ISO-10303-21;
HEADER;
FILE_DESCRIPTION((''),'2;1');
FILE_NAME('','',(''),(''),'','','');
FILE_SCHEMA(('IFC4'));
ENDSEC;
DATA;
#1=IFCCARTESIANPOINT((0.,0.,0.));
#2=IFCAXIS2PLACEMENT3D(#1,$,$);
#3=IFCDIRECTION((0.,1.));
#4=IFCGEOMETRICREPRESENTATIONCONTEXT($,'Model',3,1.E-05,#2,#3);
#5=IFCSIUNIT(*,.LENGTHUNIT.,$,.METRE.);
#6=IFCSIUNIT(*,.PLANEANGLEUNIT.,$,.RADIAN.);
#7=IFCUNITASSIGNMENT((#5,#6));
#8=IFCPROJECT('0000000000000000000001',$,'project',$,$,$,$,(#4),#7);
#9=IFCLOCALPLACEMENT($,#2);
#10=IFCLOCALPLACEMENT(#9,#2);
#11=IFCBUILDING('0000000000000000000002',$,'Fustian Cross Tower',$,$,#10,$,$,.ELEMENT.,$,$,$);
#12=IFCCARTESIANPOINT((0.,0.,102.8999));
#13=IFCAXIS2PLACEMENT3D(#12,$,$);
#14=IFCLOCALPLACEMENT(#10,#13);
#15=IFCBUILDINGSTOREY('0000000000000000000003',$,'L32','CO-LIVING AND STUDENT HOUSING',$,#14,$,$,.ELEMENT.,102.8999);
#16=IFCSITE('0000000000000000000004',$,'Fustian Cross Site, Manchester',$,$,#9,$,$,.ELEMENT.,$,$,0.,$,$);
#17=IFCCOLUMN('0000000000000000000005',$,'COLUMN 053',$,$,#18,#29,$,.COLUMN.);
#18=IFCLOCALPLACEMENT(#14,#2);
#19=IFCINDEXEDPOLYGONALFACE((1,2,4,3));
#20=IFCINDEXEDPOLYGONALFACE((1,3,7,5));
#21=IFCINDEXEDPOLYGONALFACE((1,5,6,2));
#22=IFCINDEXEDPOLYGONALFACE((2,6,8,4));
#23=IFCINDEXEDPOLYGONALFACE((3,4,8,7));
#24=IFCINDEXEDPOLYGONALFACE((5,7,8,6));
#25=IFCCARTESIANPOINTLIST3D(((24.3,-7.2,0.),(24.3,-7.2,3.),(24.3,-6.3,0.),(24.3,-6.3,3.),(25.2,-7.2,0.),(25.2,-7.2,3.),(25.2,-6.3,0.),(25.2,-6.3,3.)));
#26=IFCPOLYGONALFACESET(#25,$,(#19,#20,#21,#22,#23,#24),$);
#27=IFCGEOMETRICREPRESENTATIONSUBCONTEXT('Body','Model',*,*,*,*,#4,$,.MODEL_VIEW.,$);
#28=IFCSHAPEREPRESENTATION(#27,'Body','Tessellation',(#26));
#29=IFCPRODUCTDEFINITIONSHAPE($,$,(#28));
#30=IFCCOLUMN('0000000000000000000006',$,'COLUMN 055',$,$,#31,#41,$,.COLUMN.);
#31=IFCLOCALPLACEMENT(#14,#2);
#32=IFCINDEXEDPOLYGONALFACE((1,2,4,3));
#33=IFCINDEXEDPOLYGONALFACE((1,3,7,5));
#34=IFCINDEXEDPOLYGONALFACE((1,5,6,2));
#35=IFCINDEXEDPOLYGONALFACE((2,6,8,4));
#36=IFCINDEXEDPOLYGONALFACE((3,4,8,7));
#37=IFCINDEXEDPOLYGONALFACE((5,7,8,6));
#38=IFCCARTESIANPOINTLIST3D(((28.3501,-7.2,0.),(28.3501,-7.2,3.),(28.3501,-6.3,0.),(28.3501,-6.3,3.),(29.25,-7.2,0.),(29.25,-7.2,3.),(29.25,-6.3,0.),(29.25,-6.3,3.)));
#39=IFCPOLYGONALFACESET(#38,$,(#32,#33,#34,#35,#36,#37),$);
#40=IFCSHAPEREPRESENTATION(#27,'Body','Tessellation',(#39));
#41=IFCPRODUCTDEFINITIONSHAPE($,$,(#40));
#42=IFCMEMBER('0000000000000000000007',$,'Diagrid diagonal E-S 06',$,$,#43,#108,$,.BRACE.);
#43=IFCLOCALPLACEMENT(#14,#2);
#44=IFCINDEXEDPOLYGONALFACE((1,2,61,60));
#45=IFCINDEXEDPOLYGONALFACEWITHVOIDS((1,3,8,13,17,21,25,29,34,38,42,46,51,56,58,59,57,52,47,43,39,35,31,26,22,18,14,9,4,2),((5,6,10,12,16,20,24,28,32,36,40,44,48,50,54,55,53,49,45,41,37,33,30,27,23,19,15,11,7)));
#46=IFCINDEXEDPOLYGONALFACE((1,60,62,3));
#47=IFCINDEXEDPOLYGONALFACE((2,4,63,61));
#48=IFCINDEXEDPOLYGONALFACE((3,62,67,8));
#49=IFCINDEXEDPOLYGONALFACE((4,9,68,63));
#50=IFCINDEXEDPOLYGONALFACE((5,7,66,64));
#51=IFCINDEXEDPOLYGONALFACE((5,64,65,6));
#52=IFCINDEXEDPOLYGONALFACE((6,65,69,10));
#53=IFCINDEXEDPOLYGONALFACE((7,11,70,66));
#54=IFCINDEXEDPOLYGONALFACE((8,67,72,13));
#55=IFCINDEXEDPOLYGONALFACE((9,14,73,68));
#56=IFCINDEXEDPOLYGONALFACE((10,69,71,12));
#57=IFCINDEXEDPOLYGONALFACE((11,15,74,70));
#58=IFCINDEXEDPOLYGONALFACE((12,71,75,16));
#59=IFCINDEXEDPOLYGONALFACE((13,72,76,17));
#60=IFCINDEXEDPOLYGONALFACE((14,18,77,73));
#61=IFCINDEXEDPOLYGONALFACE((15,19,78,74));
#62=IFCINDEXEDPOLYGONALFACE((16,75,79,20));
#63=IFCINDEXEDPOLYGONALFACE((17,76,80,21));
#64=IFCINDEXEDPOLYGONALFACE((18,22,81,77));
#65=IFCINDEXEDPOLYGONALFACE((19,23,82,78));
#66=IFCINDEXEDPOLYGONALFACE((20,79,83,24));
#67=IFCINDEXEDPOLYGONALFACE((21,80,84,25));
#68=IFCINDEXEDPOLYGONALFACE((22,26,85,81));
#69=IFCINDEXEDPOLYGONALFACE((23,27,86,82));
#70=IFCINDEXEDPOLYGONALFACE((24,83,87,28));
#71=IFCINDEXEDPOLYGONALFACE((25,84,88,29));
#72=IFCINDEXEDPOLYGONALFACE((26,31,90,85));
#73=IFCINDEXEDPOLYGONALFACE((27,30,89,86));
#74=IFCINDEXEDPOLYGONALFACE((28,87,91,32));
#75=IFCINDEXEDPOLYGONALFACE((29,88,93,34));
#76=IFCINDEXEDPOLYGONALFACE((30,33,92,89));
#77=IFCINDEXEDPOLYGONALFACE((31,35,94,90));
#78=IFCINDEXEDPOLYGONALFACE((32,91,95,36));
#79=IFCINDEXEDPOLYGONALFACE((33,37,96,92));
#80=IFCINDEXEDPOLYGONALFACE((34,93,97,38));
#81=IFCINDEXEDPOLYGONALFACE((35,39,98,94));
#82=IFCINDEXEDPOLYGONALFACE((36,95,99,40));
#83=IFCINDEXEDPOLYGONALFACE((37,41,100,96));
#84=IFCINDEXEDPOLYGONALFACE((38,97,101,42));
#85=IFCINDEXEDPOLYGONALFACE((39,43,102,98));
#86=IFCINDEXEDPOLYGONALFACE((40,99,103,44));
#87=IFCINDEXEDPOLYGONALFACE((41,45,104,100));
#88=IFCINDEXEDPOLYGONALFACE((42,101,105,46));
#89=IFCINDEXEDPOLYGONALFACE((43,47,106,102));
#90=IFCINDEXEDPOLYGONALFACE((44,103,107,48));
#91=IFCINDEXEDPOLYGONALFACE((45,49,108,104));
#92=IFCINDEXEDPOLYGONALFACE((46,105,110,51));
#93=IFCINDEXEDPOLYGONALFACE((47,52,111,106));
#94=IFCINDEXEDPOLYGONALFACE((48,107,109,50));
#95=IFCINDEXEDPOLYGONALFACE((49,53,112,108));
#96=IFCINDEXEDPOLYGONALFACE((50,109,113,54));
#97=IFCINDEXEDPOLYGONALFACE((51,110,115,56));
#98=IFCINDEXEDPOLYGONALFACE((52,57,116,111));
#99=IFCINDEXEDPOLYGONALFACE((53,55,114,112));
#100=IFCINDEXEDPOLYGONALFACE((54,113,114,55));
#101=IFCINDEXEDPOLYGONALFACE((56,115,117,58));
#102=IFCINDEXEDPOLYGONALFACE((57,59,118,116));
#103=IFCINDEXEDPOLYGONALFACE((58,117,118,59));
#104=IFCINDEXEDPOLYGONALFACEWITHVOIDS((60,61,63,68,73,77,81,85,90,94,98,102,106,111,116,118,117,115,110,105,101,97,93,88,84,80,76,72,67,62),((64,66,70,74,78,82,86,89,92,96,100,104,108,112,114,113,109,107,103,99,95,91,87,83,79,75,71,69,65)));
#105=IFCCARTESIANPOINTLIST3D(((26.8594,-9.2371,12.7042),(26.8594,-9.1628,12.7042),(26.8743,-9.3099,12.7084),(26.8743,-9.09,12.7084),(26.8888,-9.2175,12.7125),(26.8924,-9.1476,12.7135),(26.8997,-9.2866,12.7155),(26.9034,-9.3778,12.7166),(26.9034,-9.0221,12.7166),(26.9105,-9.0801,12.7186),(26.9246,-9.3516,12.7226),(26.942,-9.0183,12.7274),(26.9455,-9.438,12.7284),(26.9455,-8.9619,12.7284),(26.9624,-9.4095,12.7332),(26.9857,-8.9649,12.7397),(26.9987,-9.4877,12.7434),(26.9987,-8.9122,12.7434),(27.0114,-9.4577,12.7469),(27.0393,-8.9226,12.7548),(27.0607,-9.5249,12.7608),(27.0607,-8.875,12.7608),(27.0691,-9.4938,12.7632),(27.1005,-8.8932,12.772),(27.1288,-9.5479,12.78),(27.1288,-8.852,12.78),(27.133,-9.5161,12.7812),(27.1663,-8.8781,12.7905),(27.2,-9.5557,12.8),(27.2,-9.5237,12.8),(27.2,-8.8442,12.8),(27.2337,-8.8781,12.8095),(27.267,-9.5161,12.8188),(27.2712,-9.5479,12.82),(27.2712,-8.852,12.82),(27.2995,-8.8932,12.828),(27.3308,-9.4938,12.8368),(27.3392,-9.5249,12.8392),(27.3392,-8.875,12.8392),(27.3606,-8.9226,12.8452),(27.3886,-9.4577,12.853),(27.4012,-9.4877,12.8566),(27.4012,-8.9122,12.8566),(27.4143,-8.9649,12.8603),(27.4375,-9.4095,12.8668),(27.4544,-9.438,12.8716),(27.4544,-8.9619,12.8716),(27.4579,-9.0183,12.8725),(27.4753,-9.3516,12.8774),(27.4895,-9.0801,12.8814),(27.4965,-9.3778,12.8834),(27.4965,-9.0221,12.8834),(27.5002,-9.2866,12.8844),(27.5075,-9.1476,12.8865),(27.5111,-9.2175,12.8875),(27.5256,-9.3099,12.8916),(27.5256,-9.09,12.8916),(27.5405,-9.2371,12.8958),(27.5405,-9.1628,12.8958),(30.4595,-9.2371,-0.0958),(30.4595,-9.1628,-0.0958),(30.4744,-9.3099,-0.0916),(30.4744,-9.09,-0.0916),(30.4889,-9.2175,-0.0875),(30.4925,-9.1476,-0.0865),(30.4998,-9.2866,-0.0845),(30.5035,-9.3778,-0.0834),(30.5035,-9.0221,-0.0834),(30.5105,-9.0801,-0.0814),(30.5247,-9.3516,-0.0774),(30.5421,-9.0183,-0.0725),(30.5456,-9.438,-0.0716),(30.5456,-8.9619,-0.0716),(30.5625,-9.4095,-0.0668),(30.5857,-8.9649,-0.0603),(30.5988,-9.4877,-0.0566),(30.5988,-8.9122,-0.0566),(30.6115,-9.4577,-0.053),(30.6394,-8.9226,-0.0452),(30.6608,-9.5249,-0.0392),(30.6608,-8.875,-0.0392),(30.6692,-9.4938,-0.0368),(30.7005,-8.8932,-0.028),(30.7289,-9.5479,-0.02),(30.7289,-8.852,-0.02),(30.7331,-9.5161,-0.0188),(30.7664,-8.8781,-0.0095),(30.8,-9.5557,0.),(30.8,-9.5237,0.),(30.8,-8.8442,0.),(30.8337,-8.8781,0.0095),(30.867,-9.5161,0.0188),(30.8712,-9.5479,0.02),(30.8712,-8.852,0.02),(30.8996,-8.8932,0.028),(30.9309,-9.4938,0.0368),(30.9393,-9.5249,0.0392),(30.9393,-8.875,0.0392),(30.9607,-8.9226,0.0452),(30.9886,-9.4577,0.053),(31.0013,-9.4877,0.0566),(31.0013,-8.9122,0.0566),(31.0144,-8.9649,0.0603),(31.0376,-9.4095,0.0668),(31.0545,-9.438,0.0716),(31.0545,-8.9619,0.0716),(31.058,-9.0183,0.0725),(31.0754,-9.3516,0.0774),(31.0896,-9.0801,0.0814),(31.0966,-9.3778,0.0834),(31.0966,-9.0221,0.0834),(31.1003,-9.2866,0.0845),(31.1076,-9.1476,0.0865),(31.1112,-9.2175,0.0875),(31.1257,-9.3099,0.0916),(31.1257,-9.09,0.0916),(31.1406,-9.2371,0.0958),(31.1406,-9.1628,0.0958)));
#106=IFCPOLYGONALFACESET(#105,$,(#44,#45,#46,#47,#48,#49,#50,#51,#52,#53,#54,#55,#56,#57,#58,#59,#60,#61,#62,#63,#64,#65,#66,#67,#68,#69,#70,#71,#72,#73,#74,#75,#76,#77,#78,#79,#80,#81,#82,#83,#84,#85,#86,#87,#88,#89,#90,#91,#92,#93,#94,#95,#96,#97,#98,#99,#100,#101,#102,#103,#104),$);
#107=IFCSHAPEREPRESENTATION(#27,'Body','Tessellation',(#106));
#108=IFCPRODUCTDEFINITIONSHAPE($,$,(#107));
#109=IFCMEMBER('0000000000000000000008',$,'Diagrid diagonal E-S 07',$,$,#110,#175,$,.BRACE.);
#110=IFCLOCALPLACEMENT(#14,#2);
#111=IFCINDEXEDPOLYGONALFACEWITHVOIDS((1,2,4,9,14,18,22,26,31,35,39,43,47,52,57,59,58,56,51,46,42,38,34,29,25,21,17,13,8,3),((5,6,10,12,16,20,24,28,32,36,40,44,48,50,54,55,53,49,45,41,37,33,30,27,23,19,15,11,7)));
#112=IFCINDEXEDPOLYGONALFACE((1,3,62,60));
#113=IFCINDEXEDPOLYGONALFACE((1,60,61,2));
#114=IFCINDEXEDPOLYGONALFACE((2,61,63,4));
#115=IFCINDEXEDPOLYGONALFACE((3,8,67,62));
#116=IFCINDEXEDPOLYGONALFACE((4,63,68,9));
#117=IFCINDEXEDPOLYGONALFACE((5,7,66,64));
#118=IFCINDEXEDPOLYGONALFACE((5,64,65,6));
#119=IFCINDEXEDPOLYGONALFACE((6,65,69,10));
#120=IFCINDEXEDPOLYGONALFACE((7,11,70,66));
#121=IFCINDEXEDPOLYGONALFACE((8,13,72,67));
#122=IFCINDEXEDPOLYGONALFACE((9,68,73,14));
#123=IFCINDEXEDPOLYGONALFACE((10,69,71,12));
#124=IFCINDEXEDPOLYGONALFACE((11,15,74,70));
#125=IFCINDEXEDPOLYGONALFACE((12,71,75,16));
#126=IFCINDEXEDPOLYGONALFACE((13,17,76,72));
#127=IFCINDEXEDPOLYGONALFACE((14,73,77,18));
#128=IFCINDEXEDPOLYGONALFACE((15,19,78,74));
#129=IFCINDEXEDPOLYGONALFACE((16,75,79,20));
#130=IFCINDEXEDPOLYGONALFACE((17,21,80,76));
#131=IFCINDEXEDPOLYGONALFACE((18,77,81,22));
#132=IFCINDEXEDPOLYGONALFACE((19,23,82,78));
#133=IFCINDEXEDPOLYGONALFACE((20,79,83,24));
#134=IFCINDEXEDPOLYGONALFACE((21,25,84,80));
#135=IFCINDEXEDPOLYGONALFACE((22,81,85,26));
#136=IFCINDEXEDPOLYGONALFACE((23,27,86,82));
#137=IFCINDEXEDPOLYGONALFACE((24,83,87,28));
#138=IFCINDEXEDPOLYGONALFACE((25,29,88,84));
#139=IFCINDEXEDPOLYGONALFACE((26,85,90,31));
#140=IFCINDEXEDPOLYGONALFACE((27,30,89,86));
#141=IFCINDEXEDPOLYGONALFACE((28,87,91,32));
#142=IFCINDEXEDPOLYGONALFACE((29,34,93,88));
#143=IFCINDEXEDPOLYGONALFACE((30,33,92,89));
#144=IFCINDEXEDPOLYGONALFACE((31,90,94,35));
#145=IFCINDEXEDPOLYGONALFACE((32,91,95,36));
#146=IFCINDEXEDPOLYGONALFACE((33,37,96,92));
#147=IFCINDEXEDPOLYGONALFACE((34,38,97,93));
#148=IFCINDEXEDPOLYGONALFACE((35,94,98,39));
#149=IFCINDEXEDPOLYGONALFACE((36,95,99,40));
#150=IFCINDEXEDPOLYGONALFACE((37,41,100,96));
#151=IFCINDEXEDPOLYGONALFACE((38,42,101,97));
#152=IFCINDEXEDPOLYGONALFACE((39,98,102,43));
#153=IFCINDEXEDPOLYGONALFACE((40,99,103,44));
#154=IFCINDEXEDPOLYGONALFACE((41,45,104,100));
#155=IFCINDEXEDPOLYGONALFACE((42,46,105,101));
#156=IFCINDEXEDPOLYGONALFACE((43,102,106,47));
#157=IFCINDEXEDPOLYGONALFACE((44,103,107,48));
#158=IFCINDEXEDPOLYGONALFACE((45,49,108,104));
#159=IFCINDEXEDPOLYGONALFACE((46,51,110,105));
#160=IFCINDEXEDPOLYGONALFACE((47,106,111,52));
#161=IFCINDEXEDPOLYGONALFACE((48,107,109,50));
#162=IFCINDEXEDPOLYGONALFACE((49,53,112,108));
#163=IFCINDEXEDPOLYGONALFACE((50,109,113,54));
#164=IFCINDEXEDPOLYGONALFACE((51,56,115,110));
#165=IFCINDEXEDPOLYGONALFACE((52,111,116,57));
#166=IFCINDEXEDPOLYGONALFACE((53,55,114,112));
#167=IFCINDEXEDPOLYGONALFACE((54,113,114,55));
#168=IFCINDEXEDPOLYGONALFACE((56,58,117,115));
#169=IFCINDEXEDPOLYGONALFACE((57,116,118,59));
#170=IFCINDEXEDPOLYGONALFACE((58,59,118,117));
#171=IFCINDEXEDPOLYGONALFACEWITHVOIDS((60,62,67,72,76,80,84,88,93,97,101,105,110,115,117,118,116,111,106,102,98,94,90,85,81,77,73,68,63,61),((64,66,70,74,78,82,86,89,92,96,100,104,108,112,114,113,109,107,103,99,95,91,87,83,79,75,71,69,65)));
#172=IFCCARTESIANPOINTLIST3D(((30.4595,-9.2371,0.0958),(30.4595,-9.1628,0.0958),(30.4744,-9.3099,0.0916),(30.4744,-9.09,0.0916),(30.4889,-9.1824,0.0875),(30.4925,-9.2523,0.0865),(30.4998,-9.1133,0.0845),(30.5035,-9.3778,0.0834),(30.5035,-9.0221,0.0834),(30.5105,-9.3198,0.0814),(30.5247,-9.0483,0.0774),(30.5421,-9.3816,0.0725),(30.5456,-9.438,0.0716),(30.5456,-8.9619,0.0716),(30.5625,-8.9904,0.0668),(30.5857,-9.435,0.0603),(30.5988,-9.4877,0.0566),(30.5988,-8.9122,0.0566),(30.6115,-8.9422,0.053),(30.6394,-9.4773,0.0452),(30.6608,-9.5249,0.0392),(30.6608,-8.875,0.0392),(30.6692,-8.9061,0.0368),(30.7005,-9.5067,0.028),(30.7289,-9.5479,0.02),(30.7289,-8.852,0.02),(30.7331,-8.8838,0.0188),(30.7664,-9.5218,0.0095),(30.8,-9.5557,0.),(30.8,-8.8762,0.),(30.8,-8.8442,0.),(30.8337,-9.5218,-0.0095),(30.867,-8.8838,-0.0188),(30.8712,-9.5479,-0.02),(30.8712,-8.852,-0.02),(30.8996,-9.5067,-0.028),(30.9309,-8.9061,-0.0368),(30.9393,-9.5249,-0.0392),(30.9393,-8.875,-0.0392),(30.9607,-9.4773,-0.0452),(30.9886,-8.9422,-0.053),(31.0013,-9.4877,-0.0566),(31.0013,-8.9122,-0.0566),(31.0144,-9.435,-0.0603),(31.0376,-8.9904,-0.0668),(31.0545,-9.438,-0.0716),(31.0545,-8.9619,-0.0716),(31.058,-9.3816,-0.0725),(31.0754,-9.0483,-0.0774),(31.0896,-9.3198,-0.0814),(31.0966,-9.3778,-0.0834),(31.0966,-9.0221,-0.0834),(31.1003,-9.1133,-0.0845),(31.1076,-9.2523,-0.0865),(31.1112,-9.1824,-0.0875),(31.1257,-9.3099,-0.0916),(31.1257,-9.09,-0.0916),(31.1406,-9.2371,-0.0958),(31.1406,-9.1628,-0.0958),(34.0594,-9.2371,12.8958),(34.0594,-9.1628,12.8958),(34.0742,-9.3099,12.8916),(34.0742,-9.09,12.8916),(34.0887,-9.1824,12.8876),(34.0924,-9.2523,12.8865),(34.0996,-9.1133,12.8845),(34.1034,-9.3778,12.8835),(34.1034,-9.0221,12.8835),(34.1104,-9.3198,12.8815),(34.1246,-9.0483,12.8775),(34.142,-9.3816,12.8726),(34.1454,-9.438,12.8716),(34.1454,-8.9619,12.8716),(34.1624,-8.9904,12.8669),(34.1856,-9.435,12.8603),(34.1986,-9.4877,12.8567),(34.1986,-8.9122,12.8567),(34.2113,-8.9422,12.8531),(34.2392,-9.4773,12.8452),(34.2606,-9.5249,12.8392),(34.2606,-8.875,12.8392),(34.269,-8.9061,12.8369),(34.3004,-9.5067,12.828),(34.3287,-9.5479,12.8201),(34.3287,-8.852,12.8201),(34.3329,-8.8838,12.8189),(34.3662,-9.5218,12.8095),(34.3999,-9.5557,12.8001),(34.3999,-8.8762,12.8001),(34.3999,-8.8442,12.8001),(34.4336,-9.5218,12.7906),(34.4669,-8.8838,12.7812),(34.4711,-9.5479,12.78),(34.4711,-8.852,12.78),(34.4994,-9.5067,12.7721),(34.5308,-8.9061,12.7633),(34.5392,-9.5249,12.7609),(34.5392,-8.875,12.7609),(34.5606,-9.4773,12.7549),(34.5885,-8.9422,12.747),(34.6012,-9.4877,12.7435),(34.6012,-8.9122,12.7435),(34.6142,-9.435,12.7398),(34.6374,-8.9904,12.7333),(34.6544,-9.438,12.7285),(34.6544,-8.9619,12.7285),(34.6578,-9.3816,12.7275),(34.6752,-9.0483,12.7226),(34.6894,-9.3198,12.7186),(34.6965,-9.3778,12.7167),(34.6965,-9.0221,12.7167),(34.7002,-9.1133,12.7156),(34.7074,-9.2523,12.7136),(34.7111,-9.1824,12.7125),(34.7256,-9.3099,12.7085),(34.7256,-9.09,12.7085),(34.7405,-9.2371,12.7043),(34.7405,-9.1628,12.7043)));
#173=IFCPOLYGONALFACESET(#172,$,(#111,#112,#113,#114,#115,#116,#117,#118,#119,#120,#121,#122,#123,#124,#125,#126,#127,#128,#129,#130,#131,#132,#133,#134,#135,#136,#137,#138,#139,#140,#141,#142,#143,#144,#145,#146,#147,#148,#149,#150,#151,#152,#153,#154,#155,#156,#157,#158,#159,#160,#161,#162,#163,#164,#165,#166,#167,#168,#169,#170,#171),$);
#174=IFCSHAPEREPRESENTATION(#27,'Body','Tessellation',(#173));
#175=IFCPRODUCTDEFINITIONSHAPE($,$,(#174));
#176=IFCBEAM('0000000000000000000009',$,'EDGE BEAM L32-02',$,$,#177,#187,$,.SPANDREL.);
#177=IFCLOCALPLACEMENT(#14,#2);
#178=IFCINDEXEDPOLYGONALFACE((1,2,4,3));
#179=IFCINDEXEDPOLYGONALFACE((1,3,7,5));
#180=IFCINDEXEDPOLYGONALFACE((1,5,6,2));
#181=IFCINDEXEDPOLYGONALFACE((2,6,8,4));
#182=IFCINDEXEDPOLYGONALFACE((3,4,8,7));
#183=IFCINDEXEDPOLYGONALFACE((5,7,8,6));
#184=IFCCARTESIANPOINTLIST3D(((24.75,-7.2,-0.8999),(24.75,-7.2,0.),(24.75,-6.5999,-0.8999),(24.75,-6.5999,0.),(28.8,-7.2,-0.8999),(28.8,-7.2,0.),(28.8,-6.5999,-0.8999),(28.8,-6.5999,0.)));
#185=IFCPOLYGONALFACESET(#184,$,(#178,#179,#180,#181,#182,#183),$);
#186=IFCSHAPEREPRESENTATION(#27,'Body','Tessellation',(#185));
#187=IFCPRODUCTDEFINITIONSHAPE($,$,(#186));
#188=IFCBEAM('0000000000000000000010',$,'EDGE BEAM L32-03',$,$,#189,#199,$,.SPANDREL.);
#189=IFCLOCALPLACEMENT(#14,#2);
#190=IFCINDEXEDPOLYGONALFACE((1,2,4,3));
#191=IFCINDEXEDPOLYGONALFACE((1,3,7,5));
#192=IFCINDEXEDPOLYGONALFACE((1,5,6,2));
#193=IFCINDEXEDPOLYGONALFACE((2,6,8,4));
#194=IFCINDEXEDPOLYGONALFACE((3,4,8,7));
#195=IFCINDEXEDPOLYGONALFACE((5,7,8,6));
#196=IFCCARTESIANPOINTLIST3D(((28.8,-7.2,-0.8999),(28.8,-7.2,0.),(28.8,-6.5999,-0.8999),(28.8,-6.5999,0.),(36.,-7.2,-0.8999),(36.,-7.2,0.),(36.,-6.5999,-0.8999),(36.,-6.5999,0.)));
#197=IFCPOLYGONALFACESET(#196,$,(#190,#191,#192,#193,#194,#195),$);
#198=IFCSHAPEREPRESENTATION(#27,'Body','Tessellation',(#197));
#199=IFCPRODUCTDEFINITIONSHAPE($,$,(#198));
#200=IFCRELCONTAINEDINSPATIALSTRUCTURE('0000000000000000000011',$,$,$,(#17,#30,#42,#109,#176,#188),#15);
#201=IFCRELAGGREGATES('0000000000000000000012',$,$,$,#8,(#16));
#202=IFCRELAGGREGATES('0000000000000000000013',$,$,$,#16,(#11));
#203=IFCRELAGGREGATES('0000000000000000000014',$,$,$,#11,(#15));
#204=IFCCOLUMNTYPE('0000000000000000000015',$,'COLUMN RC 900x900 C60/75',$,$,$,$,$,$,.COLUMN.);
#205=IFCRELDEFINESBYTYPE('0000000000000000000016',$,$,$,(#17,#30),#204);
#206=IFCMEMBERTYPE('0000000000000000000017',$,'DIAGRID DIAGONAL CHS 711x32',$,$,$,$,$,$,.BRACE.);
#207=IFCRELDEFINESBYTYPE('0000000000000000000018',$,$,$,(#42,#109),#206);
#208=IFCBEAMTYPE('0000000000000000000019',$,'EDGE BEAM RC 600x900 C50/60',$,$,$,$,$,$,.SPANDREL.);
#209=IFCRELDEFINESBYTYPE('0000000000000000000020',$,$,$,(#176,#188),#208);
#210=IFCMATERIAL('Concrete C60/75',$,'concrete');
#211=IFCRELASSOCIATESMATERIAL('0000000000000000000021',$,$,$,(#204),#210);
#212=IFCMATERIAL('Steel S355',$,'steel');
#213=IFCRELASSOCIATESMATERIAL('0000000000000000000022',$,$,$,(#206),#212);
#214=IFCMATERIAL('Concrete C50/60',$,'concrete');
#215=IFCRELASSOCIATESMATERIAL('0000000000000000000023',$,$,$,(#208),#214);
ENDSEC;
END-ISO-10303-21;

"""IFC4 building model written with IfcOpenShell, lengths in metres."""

from ifc_helpers import new_model, si_unit, direction, frame, origin, origin_2d, place, context, subcontext, project, spatial, rectangle, hollow_circle, extrude, material, material_profile, profile_set, type_object, element, save


model = new_model("IFC4")

# Units and contexts
model_context = context("Model", 3, precision=1e-05, world=origin(), true_north=direction((0.0, 1.0)))
body_context = subcontext(model_context, "Body", "Model", "MODEL_VIEW")
ifc_project = project(units=[si_unit("LENGTHUNIT", "METRE"), si_unit("PLANEANGLEUNIT", "RADIAN")], contexts=[model_context])

# Site, building, storey
site_placement = place(None, origin())
site = spatial("IfcSite", under=ifc_project, at=site_placement, Name="Fustian Cross Site, Manchester", CompositionType="ELEMENT", RefElevation=0.0)
building_placement = place(site_placement, origin())
building = spatial("IfcBuilding", under=site, at=building_placement, Name="Fustian Cross Tower", CompositionType="ELEMENT")
storey_placement = place(building_placement, frame((0.0, 0.0, 102.8999)))
storey = spatial("IfcBuildingStorey", under=building, at=storey_placement, Name="L32", Description="CO-LIVING AND STUDENT HOUSING", CompositionType="ELEMENT", Elevation=102.8999)

# Columns
ifc_material_1 = material(Name="Concrete C60/75", Category="concrete")
ifc_material_profile_1 = material_profile(ifc_material_1, rectangle(XDim=0.8999, YDim=0.8999, at=origin_2d()), Name="RC 900x900")
ifc_profile_set_1 = profile_set([ifc_material_profile_1], Name="Concrete C60/75")
column_type = type_object("IfcColumnType", Name="COLUMN RC 900x900 C60/75", PredefinedType="COLUMN", material=ifc_profile_set_1)
for number, where, z_axis, x_axis, name in (
    (1, (24.75, -6.75, 0.0), (0.0, 0.0, 1.0), (1.0, 0.0, 0.0), "COLUMN 053"),
    (2, (28.8, -6.75, 0.0), (0.0, 0.0, 1.0), (1.0, 0.0, 0.0), "COLUMN 055"),
):
    element("IfcColumn", number, at=place(storey_placement, frame(where, z_axis=z_axis, x_axis=x_axis)), inside=storey, type_object=column_type, Name=name, PredefinedType="COLUMN", context=body_context, shape_type="SweptSolid", body=[
        extrude(rectangle(XDim=0.8999, YDim=0.8999, at=origin_2d()), origin(), (0.0, 0.0, 1.0), 3.0),
    ])

# Members
ifc_material_2 = material(Name="Steel S355", Category="steel")
ifc_material_profile_2 = material_profile(ifc_material_2, hollow_circle(Radius=0.3557, WallThickness=0.032, at=origin_2d()), Name="CHS 711x32")
ifc_profile_set_2 = profile_set([ifc_material_profile_2], Name="Steel S355")
member_type = type_object("IfcMemberType", Name="DIAGRID DIAGONAL CHS 711x32", PredefinedType="BRACE", material=ifc_profile_set_2)
for number, where, z_axis, x_axis, name in (
    (3, (30.8, -9.2, 0.0), (-0.270751, 0.0, 0.962649), (0.0, -1.0, 0.0), "Diagrid diagonal E-S 06"),
    (4, (30.8, -9.2, 0.0), (0.270734, 0.0, 0.962654), (0.0, 1.0, 0.0), "Diagrid diagonal E-S 07"),
):
    element("IfcMember", number, at=place(storey_placement, frame(where, z_axis=z_axis, x_axis=x_axis)), inside=storey, type_object=member_type, Name=name, PredefinedType="BRACE", context=body_context, shape_type="SweptSolid", body=[
        extrude(hollow_circle(Radius=0.3557, WallThickness=0.032, at=origin_2d()), origin(), (0.0, 0.0, 1.0), 13.2966),
    ])

# Beams
ifc_material_3 = material(Name="Concrete C50/60", Category="concrete")
ifc_material_profile_3 = material_profile(ifc_material_3, rectangle(XDim=0.6001, YDim=0.8999, at=origin_2d()), Name="RC 600x900")
ifc_profile_set_3 = profile_set([ifc_material_profile_3], Name="Concrete C50/60")
beam_type = type_object("IfcBeamType", Name="EDGE BEAM RC 600x900 C50/60", PredefinedType="SPANDREL", material=ifc_profile_set_3)
beam_1_placement = place(storey_placement, frame((24.75, -6.8999, -0.45), z_axis=(1.0, 0.0, 0.0), x_axis=(0.0, 1.0, 0.0)))
element("IfcBeam", 5, at=beam_1_placement, inside=storey, type_object=beam_type, Name="EDGE BEAM L32-02", PredefinedType="SPANDREL", context=body_context, shape_type="SweptSolid", body=[
    extrude(rectangle(XDim=0.6001, YDim=0.8999, at=origin_2d()), origin(), (0.0, 0.0, 1.0), 4.05),
])
beam_2_placement = place(storey_placement, frame((28.8, -6.8999, -0.45), z_axis=(1.0, 0.0, 0.0), x_axis=(0.0, 1.0, 0.0)))
element("IfcBeam", 6, at=beam_2_placement, inside=storey, type_object=beam_type, Name="EDGE BEAM L32-03", PredefinedType="SPANDREL", context=body_context, shape_type="SweptSolid", body=[
    extrude(rectangle(XDim=0.6001, YDim=0.8999, at=origin_2d()), origin(), (0.0, 0.0, 1.0), 7.2),
])

save(model, "model.ifc")
